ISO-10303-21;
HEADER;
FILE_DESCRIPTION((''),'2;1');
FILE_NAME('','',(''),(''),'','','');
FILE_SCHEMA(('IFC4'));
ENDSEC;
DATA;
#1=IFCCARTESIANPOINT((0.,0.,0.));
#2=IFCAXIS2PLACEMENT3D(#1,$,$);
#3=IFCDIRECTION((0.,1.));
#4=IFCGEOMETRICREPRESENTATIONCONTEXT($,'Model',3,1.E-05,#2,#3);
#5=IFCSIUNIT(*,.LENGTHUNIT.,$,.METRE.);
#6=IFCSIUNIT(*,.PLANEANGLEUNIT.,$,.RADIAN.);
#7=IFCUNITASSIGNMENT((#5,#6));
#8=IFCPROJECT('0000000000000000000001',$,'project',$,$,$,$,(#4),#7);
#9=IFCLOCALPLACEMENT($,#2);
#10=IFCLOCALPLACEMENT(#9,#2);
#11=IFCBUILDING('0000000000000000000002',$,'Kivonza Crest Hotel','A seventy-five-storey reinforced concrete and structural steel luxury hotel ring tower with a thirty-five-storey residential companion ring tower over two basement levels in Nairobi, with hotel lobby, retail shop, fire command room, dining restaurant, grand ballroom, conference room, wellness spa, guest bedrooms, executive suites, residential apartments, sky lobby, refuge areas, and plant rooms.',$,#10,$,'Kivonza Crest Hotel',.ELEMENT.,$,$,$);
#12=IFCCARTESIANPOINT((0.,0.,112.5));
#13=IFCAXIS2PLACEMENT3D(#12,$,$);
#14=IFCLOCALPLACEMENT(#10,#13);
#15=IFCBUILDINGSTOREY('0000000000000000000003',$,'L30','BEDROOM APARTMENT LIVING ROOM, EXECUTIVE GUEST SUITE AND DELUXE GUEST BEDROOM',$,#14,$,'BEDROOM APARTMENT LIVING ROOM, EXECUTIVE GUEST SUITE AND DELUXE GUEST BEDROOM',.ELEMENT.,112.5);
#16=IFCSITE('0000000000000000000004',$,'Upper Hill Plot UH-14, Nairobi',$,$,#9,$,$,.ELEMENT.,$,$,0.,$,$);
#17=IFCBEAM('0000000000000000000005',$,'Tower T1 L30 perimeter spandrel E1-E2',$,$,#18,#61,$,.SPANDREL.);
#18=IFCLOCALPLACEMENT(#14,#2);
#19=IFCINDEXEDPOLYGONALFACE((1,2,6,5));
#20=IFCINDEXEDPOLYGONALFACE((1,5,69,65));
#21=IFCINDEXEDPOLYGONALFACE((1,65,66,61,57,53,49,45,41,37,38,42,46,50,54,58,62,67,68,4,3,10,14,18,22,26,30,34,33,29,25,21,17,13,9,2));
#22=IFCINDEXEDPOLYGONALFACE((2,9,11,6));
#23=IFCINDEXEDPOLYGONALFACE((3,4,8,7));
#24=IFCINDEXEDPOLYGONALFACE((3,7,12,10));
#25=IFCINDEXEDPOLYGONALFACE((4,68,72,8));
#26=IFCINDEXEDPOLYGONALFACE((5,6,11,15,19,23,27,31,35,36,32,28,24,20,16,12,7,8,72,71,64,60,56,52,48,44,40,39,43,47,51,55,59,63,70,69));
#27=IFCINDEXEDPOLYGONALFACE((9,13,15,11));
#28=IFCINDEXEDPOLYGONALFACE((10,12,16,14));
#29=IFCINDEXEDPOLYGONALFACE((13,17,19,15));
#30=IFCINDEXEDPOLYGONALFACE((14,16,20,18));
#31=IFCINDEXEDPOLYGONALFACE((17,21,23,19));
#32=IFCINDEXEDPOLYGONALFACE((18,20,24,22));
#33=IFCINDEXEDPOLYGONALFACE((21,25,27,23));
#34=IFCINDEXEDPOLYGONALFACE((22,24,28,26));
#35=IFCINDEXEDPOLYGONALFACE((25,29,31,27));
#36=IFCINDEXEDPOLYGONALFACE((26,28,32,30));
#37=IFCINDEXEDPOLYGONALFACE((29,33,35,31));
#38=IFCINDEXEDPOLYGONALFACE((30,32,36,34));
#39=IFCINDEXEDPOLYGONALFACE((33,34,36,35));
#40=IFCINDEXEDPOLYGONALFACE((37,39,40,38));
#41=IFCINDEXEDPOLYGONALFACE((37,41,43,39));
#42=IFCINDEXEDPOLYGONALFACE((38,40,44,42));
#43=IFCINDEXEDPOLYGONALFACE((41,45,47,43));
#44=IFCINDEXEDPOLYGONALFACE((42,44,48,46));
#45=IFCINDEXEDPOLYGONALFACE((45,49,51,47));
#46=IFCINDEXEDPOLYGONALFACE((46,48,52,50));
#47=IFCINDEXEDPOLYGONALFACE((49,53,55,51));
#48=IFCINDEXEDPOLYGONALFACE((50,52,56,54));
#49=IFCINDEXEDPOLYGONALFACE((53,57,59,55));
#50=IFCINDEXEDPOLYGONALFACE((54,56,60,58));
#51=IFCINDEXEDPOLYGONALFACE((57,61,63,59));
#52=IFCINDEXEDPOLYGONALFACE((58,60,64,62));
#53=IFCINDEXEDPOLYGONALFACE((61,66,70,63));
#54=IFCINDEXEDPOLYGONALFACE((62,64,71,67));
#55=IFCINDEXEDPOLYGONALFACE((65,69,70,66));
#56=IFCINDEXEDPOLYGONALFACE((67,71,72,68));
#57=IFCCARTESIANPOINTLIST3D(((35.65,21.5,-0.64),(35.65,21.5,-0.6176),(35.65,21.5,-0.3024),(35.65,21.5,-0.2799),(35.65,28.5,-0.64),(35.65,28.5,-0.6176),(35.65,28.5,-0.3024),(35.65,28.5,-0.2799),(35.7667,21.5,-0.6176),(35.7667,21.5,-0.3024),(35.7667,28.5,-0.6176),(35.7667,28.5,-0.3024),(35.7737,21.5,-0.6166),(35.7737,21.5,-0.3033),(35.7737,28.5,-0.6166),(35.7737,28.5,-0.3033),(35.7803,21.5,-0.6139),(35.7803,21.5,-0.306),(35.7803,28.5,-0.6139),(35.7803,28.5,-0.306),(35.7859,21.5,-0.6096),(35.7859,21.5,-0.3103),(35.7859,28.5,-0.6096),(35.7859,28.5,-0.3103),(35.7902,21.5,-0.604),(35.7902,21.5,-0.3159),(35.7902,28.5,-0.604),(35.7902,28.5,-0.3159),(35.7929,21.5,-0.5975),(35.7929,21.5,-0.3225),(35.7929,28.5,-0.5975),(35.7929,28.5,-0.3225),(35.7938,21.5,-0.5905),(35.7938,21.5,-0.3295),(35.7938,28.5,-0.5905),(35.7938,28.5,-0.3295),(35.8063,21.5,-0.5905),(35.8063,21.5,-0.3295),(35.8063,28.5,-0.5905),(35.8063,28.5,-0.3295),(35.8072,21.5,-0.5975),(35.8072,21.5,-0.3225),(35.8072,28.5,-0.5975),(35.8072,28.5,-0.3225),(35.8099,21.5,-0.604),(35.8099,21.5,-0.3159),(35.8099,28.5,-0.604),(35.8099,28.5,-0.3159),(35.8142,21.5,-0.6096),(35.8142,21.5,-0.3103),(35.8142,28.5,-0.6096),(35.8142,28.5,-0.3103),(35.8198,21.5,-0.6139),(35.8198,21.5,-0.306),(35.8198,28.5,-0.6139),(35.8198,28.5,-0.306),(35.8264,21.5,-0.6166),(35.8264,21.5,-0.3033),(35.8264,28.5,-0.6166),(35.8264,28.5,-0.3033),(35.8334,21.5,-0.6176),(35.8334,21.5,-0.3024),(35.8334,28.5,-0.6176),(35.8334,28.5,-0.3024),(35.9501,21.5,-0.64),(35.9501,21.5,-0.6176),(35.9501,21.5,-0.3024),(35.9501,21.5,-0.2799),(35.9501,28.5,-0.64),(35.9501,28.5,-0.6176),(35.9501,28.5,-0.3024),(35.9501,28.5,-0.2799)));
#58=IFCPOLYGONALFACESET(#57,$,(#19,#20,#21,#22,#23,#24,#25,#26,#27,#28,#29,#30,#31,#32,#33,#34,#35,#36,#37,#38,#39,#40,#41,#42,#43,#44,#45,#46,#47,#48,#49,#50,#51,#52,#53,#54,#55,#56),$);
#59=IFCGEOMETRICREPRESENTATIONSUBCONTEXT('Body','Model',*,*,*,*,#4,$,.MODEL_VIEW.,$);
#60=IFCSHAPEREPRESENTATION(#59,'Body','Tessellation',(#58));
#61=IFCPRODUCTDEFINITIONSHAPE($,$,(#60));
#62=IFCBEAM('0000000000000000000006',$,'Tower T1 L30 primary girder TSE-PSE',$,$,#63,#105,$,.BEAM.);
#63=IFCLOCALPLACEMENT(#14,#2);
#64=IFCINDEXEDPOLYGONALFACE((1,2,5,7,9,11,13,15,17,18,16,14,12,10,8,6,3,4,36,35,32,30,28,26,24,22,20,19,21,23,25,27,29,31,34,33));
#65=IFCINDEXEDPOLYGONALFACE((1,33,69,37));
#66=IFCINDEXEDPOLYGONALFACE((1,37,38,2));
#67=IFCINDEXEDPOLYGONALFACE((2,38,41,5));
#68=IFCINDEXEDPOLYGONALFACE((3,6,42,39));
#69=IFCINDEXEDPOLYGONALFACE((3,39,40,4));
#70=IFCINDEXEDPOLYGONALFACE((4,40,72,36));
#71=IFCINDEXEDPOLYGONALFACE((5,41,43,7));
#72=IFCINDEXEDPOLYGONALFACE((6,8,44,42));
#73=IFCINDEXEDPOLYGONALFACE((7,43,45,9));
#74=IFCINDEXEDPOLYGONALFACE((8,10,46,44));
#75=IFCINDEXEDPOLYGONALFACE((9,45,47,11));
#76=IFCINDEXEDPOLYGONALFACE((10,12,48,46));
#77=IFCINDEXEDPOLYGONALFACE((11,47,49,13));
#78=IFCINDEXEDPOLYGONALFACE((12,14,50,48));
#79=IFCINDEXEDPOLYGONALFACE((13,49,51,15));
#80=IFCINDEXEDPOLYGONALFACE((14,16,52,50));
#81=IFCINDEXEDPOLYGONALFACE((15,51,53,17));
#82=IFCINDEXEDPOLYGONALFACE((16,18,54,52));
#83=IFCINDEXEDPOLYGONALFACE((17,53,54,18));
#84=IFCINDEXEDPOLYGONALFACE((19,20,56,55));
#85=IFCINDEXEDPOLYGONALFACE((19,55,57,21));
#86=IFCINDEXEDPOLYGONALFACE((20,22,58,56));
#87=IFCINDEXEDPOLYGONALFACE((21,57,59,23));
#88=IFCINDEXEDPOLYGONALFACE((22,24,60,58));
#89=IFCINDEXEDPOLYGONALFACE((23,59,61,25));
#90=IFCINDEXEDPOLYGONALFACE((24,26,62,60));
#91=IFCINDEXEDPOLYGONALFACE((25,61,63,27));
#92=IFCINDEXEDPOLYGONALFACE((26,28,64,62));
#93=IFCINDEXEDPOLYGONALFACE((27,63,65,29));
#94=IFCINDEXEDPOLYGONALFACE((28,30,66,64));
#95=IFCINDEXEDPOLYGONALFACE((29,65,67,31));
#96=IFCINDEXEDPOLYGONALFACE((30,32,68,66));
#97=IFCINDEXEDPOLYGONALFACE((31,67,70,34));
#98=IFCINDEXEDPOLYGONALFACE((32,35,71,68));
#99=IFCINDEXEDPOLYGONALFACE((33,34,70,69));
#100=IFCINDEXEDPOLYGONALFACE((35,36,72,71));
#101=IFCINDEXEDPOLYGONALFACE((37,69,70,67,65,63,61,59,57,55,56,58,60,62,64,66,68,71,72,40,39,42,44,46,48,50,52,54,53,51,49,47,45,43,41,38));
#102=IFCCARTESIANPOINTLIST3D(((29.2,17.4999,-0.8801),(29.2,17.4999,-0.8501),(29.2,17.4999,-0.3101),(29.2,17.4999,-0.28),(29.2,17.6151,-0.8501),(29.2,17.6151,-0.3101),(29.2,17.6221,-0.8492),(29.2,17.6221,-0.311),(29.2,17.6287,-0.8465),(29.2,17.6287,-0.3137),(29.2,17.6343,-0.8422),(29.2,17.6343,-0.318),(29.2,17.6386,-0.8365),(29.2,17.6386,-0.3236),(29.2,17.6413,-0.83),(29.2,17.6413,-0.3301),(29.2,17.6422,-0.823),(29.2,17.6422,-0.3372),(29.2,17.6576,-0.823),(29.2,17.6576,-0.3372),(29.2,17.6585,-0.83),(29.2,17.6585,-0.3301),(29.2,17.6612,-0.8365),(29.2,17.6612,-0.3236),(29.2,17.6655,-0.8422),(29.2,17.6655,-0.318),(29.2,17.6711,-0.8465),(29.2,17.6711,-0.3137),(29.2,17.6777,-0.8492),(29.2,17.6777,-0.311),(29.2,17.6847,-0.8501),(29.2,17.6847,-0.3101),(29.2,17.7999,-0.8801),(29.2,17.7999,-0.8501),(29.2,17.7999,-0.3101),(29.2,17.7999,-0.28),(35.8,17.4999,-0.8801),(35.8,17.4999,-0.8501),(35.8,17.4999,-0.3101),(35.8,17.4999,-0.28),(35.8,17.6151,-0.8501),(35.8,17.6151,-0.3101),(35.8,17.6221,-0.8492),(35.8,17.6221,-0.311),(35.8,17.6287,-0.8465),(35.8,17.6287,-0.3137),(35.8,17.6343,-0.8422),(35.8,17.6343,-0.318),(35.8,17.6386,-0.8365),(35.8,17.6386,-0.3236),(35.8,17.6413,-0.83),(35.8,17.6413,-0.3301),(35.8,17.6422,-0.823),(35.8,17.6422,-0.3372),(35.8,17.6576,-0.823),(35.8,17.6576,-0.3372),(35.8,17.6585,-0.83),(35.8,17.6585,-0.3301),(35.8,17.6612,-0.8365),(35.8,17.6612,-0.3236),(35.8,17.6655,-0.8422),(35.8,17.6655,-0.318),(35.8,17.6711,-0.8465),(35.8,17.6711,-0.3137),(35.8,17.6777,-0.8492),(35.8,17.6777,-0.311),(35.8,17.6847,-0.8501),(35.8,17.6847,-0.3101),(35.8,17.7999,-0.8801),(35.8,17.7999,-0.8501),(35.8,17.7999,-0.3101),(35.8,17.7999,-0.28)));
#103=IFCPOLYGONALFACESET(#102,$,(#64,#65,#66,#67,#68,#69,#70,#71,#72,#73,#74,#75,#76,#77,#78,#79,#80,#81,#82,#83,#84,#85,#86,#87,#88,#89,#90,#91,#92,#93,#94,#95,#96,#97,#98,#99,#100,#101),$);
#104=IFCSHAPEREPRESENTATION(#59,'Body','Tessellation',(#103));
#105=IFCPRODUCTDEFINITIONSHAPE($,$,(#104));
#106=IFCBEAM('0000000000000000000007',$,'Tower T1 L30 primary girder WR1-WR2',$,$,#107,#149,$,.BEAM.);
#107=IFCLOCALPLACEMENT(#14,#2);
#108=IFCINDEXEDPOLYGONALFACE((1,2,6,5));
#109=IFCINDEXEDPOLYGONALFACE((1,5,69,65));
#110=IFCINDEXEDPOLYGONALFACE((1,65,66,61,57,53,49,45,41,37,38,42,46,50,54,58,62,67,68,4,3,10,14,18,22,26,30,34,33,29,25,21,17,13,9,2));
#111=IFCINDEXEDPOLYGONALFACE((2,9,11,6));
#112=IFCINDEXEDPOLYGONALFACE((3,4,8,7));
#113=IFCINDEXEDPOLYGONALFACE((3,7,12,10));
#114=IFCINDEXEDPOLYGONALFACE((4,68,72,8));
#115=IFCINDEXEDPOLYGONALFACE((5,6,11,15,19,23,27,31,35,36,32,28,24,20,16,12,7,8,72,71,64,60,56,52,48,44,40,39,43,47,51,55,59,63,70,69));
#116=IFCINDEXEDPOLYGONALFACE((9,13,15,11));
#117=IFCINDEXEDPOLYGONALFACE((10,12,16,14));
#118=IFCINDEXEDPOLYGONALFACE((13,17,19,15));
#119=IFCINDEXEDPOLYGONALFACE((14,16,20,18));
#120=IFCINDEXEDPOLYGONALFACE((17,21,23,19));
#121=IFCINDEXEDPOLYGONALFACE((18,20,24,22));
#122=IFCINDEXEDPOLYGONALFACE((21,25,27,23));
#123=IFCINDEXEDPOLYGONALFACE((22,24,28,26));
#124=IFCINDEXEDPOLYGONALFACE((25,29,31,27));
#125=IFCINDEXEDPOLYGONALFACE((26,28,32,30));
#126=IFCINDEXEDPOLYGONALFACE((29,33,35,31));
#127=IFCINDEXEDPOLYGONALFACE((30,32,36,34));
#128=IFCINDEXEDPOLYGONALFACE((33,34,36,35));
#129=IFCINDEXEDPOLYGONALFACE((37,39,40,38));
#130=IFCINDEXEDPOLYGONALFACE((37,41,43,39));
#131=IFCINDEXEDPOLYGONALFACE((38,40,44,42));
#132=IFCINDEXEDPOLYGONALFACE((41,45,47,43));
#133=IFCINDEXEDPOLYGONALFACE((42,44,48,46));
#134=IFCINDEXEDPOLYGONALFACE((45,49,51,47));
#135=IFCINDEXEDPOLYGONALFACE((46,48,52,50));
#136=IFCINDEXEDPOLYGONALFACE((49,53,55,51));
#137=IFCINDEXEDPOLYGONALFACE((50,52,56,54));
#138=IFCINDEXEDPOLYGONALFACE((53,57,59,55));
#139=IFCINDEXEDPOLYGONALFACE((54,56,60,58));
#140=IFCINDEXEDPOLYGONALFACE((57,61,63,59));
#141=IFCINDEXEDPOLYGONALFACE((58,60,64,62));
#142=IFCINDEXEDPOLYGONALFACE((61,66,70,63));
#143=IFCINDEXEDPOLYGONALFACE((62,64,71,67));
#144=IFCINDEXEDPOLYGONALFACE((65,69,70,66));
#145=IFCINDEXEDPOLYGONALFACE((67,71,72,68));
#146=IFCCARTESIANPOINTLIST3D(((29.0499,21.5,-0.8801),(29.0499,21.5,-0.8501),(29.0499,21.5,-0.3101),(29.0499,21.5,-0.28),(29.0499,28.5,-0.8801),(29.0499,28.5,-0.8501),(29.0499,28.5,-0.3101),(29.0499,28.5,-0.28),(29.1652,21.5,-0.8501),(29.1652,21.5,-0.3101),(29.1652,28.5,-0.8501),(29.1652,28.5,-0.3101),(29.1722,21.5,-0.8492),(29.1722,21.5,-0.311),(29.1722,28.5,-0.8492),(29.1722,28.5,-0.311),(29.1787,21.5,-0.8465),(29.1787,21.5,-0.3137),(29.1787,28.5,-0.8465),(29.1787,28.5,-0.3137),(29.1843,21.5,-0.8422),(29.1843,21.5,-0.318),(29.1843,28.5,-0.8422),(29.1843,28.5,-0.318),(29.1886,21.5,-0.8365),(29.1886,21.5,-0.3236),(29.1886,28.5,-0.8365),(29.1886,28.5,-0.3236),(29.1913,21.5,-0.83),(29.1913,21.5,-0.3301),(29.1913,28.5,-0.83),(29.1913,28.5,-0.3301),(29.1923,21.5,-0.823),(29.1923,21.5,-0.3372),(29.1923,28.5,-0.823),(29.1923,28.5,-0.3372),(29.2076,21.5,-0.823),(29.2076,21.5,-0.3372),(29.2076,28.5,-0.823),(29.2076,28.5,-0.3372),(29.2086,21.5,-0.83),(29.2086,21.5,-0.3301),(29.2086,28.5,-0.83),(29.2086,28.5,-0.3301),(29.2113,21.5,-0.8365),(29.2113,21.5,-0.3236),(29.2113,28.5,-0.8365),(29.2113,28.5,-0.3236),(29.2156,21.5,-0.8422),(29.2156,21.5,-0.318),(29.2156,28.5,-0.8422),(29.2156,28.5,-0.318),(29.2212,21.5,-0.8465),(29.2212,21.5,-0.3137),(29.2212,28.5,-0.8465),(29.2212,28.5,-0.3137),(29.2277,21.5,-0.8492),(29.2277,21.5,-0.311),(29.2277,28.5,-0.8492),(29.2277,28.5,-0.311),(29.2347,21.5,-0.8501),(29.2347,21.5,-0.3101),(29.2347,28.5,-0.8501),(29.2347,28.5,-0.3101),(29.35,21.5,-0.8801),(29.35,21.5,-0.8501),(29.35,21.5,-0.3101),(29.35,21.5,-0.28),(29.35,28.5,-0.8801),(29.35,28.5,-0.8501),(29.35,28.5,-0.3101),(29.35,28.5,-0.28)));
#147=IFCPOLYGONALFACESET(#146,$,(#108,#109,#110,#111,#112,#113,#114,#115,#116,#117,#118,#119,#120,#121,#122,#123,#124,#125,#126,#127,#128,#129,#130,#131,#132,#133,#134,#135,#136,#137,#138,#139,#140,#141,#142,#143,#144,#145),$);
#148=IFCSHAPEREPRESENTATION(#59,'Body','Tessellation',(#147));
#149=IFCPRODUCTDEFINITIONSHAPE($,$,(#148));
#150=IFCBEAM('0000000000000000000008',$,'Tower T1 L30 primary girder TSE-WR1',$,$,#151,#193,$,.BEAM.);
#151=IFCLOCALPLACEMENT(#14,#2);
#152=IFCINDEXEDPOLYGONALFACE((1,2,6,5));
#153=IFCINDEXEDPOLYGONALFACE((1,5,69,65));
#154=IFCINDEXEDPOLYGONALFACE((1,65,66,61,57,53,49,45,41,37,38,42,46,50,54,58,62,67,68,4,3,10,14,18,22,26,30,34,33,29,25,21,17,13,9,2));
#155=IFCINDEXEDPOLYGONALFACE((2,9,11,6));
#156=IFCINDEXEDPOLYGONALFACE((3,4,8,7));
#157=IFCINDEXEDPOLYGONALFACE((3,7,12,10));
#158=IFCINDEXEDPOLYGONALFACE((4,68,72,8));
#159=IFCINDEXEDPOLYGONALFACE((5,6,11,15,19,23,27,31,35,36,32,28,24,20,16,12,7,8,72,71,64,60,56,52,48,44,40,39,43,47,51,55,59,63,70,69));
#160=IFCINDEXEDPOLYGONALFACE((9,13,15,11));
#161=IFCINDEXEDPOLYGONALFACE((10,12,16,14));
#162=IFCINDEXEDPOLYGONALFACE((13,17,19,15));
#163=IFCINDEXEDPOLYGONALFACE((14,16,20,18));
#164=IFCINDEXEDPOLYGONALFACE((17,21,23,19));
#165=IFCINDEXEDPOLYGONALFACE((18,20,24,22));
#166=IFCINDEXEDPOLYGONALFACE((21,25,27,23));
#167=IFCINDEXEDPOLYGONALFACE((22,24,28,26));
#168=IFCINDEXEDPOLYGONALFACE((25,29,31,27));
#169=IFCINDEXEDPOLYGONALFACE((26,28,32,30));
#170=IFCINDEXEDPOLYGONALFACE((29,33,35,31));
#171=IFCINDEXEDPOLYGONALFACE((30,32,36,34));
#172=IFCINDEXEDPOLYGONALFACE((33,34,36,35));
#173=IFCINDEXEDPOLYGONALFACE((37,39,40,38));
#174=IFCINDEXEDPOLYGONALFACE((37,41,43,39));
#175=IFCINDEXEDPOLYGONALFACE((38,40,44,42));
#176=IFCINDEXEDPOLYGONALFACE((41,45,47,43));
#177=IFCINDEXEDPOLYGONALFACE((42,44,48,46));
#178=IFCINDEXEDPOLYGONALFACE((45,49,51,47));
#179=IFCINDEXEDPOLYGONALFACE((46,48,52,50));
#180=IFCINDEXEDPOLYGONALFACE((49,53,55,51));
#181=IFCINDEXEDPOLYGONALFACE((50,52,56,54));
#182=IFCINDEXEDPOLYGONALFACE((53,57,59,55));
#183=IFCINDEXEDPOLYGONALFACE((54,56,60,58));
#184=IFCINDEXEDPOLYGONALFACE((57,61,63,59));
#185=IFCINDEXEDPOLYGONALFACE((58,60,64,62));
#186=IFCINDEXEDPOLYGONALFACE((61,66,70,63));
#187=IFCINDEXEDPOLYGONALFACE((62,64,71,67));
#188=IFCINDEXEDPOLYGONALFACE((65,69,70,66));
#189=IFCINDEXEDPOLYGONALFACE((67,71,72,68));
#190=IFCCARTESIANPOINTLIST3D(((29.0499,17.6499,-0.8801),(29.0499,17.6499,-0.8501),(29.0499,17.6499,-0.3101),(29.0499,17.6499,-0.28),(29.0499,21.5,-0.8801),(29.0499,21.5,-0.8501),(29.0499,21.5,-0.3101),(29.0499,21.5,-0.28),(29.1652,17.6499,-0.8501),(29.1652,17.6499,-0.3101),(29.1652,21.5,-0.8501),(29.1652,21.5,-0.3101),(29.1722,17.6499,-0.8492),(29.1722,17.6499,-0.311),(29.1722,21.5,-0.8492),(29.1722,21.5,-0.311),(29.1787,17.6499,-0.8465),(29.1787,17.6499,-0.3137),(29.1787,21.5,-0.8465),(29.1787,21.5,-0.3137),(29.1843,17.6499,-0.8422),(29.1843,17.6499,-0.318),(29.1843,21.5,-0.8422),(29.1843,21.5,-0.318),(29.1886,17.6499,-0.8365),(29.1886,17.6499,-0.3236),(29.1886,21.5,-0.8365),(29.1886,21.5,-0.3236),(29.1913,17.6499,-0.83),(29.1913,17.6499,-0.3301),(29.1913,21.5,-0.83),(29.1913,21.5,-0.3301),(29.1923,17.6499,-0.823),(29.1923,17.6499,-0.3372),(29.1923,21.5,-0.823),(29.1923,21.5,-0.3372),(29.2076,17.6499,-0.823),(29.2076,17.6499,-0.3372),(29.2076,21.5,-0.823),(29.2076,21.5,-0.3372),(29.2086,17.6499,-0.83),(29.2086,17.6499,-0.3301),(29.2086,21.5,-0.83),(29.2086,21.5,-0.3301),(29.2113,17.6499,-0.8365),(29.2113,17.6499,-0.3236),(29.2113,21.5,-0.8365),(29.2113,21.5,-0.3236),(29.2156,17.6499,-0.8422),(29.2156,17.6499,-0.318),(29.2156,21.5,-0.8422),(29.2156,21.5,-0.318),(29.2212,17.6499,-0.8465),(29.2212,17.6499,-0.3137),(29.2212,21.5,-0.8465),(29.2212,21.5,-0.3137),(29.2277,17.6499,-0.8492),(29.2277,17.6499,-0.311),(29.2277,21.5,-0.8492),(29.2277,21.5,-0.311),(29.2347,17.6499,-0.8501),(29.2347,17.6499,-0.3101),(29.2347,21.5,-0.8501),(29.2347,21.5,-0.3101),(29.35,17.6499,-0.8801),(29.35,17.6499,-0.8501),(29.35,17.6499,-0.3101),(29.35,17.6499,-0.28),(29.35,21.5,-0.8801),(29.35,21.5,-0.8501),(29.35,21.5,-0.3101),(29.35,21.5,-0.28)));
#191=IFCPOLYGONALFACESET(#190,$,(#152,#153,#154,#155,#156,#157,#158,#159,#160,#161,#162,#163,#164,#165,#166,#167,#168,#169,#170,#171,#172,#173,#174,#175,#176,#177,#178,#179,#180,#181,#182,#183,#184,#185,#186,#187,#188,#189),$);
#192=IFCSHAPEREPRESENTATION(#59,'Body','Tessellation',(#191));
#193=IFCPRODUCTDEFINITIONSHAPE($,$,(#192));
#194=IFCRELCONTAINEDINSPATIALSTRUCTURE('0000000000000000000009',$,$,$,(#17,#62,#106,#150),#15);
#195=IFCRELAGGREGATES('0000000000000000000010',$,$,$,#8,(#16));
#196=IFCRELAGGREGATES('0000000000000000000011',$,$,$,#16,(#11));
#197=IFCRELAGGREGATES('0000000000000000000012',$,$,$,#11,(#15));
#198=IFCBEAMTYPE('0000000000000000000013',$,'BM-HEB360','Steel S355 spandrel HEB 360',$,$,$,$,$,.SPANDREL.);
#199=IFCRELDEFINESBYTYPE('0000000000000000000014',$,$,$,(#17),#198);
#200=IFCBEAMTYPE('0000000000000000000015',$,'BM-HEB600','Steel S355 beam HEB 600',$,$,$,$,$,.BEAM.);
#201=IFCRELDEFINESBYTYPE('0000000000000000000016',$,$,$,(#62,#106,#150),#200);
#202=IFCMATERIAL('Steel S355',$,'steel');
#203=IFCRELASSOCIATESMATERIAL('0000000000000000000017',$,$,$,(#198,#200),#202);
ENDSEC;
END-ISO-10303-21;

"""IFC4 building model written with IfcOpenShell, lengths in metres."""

from ifc_helpers import new_model, si_unit, direction, frame, origin, origin_2d, place, context, subcontext, project, spatial, i_section, extrude, material, material_profile, profile_set, type_object, element, save


model = new_model("IFC4")

# Units and contexts
model_context = context("Model", 3, precision=1e-05, world=origin(), true_north=direction((0.0, 1.0)))
body_context = subcontext(model_context, "Body", "Model", "MODEL_VIEW")
ifc_project = project(units=[si_unit("LENGTHUNIT", "METRE"), si_unit("PLANEANGLEUNIT", "RADIAN")], contexts=[model_context])

# Site, building, storey
site_placement = place(None, origin())
site = spatial("IfcSite", under=ifc_project, at=site_placement, Name="Upper Hill Plot UH-14, Nairobi", CompositionType="ELEMENT", RefElevation=0.0)
building_placement = place(site_placement, origin())
building = spatial("IfcBuilding", under=site, at=building_placement, Name="Kivonza Crest Hotel", Description="A seventy-five-storey reinforced concrete and structural steel luxury hotel ring tower with a thirty-five-storey residential companion ring tower over two basement levels in Nairobi, with hotel lobby, retail shop, fire command room, dining restaurant, grand ballroom, conference room, wellness spa, guest bedrooms, executive suites, residential apartments, sky lobby, refuge areas, and plant rooms.", LongName="Kivonza Crest Hotel", CompositionType="ELEMENT")
storey_placement = place(building_placement, frame((0.0, 0.0, 112.5)))
storey = spatial("IfcBuildingStorey", under=building, at=storey_placement, Name="L30", Description="BEDROOM APARTMENT LIVING ROOM, EXECUTIVE GUEST SUITE AND DELUXE GUEST BEDROOM", LongName="BEDROOM APARTMENT LIVING ROOM, EXECUTIVE GUEST SUITE AND DELUXE GUEST BEDROOM", CompositionType="ELEMENT", Elevation=112.5)

# Beams
ifc_material_1 = material(Name="Steel S355", Category="steel")
ifc_material_profile_1 = material_profile(ifc_material_1, i_section(OverallWidth=0.3, OverallDepth=0.3601, WebThickness=0.0125, FlangeThickness=0.0225, FilletRadius=0.0271, at=origin_2d()), Name="HEB 360")
ifc_profile_set_1 = profile_set([ifc_material_profile_1], Name="Steel S355")
beam_type_1 = type_object("IfcBeamType", Name="BM-HEB360", Description="Steel S355 spandrel HEB 360", PredefinedType="SPANDREL", material=ifc_profile_set_1)
beam_1_placement = place(storey_placement, frame((35.8, 21.5, -0.46), z_axis=(0.0, 1.0, 0.0), x_axis=(-1.0, 0.0, 0.0)))
element("IfcBeam", 1, at=beam_1_placement, inside=storey, type_object=beam_type_1, Name="Tower T1 L30 perimeter spandrel E1-E2", PredefinedType="SPANDREL", context=body_context, shape_type="SweptSolid", body=[
    extrude(i_section(OverallWidth=0.3, OverallDepth=0.3601, WebThickness=0.0125, FlangeThickness=0.0225, FilletRadius=0.0271, at=origin_2d()), origin(), (0.0, 0.0, 1.0), 7.0),
])
ifc_material_profile_2 = material_profile(ifc_material_1, i_section(OverallWidth=0.3, OverallDepth=0.6001, WebThickness=0.0154, FlangeThickness=0.03, FilletRadius=0.0271, at=origin_2d()), Name="HEB 600")
ifc_profile_set_2 = profile_set([ifc_material_profile_2], Name="Steel S355")
beam_type_2 = type_object("IfcBeamType", Name="BM-HEB600", Description="Steel S355 beam HEB 600", PredefinedType="BEAM", material=ifc_profile_set_2)
beam_2_placement = place(storey_placement, frame((29.2, 17.6499, -0.5801), z_axis=(1.0, 0.0, 0.0), x_axis=(0.0, 1.0, 0.0)))
element("IfcBeam", 2, at=beam_2_placement, inside=storey, type_object=beam_type_2, Name="Tower T1 L30 primary girder TSE-PSE", PredefinedType="BEAM", context=body_context, shape_type="SweptSolid", body=[
    extrude(i_section(OverallWidth=0.3, OverallDepth=0.6001, WebThickness=0.0154, FlangeThickness=0.03, FilletRadius=0.0271, at=origin_2d()), origin(), (0.0, 0.0, 1.0), 6.6001),
])
beam_3_placement = place(storey_placement, frame((29.2, 21.5, -0.5801), z_axis=(0.0, 1.0, 0.0), x_axis=(-1.0, 0.0, 0.0)))
element("IfcBeam", 3, at=beam_3_placement, inside=storey, type_object=beam_type_2, Name="Tower T1 L30 primary girder WR1-WR2", PredefinedType="BEAM", context=body_context, shape_type="SweptSolid", body=[
    extrude(i_section(OverallWidth=0.3, OverallDepth=0.6001, WebThickness=0.0154, FlangeThickness=0.03, FilletRadius=0.0271, at=origin_2d()), origin(), (0.0, 0.0, 1.0), 7.0),
])
beam_4_placement = place(storey_placement, frame((29.2, 17.6499, -0.5801), z_axis=(0.0, 1.0, 0.0), x_axis=(-1.0, 0.0, 0.0)))
element("IfcBeam", 4, at=beam_4_placement, inside=storey, type_object=beam_type_2, Name="Tower T1 L30 primary girder TSE-WR1", PredefinedType="BEAM", context=body_context, shape_type="SweptSolid", body=[
    extrude(i_section(OverallWidth=0.3, OverallDepth=0.6001, WebThickness=0.0154, FlangeThickness=0.03, FilletRadius=0.0271, at=origin_2d()), origin(), (0.0, 0.0, 1.0), 3.8501),
])

save(model, "model.ifc")
